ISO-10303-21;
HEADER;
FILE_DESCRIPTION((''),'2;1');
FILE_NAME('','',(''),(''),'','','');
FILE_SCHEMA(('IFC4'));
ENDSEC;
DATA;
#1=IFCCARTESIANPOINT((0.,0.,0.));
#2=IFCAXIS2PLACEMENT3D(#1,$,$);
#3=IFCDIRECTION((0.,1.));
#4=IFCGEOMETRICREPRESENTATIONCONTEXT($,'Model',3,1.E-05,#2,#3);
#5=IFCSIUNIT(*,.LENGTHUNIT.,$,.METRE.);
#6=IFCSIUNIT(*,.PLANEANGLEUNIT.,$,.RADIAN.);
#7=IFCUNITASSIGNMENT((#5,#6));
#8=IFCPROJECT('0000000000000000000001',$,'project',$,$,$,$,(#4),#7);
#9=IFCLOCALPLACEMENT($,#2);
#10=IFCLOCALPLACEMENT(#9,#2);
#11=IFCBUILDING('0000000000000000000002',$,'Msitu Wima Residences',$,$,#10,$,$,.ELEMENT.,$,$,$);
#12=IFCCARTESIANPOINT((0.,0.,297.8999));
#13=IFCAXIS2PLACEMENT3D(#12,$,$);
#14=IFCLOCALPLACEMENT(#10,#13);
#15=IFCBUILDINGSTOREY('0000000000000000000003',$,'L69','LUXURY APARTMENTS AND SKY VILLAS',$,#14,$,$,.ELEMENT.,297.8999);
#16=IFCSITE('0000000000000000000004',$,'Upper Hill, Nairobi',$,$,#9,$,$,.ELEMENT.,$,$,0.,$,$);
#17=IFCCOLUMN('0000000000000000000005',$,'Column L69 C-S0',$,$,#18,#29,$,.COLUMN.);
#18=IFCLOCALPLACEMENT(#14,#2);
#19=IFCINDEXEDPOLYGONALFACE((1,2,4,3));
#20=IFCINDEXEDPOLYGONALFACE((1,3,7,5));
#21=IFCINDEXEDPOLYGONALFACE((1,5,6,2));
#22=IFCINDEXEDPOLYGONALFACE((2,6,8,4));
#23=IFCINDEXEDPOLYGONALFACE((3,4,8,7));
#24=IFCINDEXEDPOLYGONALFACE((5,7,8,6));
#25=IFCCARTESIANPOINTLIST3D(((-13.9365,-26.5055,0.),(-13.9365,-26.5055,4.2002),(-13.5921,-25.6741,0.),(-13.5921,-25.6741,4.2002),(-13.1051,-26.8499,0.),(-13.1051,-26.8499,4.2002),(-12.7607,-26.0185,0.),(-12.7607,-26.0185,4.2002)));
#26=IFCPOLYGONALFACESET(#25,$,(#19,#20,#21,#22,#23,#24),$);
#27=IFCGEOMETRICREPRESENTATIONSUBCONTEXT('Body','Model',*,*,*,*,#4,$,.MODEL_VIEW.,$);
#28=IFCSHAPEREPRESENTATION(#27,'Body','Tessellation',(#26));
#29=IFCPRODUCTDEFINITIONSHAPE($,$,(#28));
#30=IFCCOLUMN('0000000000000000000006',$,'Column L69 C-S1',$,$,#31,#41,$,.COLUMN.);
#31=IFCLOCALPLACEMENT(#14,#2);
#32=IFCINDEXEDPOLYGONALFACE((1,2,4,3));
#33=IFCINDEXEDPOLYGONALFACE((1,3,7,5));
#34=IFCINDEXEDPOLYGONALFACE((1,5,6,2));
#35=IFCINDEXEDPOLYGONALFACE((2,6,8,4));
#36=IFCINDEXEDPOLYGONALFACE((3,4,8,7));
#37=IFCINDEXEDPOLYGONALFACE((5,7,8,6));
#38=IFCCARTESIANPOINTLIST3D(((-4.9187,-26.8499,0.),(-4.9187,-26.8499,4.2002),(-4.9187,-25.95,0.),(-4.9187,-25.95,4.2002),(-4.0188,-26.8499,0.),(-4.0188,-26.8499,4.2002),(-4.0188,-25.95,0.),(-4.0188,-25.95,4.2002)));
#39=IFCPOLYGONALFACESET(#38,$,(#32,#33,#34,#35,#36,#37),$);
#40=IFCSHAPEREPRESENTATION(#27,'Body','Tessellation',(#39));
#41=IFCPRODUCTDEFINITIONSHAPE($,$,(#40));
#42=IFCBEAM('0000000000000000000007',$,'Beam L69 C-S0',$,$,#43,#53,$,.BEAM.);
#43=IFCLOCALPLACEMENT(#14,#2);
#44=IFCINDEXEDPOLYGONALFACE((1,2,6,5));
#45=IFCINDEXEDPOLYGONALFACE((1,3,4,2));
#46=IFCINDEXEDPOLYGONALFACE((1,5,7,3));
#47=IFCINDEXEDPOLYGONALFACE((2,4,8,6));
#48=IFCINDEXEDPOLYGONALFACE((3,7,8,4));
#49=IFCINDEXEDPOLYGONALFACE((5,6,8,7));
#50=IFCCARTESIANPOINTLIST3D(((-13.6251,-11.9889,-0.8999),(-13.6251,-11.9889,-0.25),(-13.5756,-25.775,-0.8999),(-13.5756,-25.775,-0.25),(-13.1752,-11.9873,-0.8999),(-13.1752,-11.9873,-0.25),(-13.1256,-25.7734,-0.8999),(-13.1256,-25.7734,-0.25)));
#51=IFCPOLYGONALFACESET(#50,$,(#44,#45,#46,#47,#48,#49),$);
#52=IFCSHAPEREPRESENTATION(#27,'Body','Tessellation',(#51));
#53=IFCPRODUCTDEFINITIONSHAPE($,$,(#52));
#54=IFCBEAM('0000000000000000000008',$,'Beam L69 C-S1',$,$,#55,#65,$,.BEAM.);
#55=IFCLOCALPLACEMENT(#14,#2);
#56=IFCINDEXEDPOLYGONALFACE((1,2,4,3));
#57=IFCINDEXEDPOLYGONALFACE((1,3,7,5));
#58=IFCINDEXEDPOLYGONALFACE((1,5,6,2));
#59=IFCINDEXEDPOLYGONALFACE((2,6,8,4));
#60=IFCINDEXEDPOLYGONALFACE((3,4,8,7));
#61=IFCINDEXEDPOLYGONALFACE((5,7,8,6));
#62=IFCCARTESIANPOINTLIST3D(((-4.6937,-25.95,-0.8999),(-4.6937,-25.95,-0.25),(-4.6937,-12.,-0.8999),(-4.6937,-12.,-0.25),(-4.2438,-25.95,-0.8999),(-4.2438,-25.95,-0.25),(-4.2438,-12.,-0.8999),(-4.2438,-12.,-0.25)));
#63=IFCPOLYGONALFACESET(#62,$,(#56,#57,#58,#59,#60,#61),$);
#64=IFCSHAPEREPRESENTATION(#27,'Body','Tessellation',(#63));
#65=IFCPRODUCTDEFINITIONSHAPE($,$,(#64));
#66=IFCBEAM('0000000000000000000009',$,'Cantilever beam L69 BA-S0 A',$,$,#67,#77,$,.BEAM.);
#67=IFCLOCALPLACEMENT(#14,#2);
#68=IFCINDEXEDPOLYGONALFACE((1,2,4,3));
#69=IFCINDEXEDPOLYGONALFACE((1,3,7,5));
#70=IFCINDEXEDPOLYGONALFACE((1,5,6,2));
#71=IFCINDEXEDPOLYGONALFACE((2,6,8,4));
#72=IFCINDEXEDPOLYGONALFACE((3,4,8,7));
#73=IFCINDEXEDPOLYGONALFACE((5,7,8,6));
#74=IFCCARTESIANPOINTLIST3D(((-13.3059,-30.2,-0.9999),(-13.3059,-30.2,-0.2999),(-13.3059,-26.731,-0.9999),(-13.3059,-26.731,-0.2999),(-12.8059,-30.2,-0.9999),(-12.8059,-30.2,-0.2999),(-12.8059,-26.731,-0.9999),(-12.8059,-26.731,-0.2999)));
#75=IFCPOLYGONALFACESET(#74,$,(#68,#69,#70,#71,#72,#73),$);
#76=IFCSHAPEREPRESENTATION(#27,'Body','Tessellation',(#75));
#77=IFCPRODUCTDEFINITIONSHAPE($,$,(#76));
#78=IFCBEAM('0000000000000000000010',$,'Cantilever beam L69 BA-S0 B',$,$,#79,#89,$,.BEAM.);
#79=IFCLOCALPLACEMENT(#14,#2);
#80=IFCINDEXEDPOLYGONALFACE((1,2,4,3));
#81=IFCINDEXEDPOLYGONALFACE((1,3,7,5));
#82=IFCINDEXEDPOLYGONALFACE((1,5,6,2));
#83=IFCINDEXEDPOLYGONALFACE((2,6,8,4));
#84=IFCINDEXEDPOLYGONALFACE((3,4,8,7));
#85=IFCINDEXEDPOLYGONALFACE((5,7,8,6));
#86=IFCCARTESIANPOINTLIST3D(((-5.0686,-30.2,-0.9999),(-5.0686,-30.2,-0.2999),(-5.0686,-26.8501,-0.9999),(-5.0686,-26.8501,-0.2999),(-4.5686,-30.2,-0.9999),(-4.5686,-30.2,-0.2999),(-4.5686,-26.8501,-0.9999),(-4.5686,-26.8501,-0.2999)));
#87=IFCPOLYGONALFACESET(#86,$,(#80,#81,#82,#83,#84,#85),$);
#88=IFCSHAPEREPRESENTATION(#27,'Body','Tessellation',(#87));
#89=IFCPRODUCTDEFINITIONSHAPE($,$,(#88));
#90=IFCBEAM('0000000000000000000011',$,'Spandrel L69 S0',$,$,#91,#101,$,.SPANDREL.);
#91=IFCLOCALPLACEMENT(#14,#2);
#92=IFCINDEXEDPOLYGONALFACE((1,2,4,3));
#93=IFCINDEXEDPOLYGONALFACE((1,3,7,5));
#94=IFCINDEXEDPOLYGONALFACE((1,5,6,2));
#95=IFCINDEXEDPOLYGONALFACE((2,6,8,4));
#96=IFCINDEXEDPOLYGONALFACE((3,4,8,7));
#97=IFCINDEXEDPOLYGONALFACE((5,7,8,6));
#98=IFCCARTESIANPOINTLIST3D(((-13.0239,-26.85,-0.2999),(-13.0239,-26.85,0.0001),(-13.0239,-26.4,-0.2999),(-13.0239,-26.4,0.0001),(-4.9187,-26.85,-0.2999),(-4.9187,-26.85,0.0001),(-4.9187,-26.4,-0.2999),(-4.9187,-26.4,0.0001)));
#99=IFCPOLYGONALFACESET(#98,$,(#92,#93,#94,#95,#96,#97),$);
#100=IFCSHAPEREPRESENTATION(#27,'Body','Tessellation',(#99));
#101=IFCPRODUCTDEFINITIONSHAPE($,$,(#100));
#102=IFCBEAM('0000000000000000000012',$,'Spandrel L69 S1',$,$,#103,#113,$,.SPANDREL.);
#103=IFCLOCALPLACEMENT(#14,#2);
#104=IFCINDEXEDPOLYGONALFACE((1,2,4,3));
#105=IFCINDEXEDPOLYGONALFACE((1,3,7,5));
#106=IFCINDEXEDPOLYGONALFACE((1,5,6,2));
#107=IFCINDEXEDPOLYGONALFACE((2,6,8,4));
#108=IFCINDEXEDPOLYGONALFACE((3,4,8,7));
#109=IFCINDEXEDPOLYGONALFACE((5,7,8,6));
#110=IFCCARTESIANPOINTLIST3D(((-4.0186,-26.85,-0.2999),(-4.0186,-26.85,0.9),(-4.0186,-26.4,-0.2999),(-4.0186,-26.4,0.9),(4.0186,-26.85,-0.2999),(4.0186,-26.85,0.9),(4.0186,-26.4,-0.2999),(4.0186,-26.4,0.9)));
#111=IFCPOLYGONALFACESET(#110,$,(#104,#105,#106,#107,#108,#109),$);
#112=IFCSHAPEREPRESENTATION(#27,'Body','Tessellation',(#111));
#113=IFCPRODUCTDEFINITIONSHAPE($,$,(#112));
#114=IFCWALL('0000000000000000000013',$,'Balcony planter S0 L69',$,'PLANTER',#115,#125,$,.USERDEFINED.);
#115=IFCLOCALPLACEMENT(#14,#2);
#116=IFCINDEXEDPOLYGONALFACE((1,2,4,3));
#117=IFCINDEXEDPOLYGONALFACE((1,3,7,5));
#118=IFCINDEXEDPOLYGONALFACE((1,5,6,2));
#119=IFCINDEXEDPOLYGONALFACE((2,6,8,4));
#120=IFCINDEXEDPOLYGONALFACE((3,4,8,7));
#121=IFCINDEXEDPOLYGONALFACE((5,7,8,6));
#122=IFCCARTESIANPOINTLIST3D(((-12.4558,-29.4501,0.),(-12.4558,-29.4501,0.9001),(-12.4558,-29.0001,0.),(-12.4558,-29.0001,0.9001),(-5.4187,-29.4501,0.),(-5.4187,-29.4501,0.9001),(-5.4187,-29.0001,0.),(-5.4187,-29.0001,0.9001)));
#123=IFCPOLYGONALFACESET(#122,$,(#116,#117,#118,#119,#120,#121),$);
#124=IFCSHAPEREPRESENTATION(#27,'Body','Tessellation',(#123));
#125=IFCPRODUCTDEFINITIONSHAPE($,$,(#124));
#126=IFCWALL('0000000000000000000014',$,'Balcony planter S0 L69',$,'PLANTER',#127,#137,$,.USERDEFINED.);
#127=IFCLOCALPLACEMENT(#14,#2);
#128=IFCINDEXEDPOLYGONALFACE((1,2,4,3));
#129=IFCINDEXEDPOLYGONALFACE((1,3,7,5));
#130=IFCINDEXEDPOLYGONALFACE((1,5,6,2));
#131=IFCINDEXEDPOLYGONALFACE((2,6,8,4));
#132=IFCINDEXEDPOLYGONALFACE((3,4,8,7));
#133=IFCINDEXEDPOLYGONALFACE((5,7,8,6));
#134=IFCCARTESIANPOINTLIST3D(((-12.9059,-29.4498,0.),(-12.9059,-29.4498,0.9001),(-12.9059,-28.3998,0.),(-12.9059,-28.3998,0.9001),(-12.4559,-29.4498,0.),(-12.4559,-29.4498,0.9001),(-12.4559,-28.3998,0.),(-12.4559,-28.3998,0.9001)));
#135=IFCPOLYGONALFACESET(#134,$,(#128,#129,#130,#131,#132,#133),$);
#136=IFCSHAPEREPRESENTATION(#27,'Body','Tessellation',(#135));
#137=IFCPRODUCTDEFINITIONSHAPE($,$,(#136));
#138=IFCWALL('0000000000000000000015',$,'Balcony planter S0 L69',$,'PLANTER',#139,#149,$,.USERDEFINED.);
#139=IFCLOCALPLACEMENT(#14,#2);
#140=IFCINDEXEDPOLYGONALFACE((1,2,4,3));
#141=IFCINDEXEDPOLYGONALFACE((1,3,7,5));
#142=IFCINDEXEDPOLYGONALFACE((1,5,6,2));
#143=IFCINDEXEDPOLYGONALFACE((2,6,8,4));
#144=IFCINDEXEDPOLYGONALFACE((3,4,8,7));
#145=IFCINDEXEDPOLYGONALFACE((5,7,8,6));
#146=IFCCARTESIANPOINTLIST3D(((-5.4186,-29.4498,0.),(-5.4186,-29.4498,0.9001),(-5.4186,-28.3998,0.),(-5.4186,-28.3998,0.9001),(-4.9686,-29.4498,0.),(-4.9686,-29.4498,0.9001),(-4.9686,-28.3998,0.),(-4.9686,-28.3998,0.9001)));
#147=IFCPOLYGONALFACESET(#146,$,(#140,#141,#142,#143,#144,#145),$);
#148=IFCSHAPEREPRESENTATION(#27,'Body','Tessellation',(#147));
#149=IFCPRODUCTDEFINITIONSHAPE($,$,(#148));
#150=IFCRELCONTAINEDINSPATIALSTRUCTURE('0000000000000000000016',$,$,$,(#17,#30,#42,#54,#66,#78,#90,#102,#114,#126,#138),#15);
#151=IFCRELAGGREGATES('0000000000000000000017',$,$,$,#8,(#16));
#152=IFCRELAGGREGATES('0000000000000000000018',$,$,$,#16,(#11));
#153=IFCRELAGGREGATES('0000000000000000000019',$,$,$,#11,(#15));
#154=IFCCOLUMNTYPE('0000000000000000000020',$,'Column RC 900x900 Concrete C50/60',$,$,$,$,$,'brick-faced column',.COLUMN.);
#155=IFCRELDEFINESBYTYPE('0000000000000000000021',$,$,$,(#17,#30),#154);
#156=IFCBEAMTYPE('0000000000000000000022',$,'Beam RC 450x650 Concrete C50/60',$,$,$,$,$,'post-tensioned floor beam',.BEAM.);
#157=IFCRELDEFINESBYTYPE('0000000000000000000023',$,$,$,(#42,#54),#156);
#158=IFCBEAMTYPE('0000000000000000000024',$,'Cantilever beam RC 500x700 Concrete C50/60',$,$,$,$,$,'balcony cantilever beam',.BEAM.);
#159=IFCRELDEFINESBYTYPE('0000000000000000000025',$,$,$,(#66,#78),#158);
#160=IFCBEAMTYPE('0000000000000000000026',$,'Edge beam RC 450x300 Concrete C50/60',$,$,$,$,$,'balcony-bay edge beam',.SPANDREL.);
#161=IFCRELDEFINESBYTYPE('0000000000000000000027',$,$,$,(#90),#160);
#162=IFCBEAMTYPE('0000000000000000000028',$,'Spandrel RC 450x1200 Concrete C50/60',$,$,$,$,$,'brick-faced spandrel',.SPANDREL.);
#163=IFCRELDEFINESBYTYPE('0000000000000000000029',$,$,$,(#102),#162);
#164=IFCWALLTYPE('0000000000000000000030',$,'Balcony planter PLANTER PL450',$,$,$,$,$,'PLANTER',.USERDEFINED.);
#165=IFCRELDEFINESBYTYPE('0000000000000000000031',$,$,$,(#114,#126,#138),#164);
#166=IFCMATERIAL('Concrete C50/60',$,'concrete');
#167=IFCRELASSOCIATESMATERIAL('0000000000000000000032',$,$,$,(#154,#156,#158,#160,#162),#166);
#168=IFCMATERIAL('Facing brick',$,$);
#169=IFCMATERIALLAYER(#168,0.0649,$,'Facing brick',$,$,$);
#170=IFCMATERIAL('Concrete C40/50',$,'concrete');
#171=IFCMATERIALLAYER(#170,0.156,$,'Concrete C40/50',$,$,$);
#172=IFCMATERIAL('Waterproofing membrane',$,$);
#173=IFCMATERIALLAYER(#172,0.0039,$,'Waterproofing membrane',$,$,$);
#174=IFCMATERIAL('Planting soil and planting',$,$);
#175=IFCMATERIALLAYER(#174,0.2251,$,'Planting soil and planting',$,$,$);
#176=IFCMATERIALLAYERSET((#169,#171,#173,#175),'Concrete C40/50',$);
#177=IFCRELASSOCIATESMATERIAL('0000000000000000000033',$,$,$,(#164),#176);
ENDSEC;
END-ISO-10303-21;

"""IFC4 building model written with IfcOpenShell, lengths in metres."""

from ifc_helpers import new_model, si_unit, direction, frame, frame_2d, origin, origin_2d, place, context, subcontext, project, spatial, rectangle, extrude, material, layer, layer_set, material_profile, profile_set, type_object, element, save


model = new_model("IFC4")

# Units and contexts
model_context = context("Model", 3, precision=1e-05, world=origin(), true_north=direction((0.0, 1.0)))
body_context = subcontext(model_context, "Body", "Model", "MODEL_VIEW")
ifc_project = project(units=[si_unit("LENGTHUNIT", "METRE"), si_unit("PLANEANGLEUNIT", "RADIAN")], contexts=[model_context])

# Site, building, storey
site_placement = place(None, origin())
site = spatial("IfcSite", under=ifc_project, at=site_placement, Name="Upper Hill, Nairobi", CompositionType="ELEMENT", RefElevation=0.0)
building_placement = place(site_placement, origin())
building = spatial("IfcBuilding", under=site, at=building_placement, Name="Msitu Wima Residences", CompositionType="ELEMENT")
storey_placement = place(building_placement, frame((0.0, 0.0, 297.8999)))
storey = spatial("IfcBuildingStorey", under=building, at=storey_placement, Name="L69", Description="LUXURY APARTMENTS AND SKY VILLAS", CompositionType="ELEMENT", Elevation=297.8999)

# Columns
ifc_material_1 = material(Name="Concrete C50/60", Category="concrete")
ifc_material_profile_1 = material_profile(ifc_material_1, rectangle(XDim=0.8999, YDim=0.8999, at=origin_2d()), Name="RC 900x900")
ifc_profile_set_1 = profile_set([ifc_material_profile_1], Name="Concrete C50/60")
column_type = type_object("IfcColumnType", Name="Column RC 900x900 Concrete C50/60", ElementType="brick-faced column", PredefinedType="COLUMN", material=ifc_profile_set_1)
for number, where, z_axis, x_axis, name in (
    (1, (-13.3486, -26.262, 0.0), (0.0, 0.0, 1.0), (0.92388, -0.382683, 0.0), "Column L69 C-S0"),
    (2, (-4.4688, -26.3999, 0.0), (0.0, 0.0, 1.0), (1.0, 0.0, 0.0), "Column L69 C-S1"),
):
    element("IfcColumn", number, at=place(storey_placement, frame(where, z_axis=z_axis, x_axis=x_axis)), inside=storey, type_object=column_type, Name=name, PredefinedType="COLUMN", context=body_context, shape_type="SweptSolid", body=[
        extrude(rectangle(XDim=0.8999, YDim=0.8999, at=origin_2d()), origin(), (0.0, 0.0, 1.0), 4.2002),
    ])

# Beams
ifc_material_profile_2 = material_profile(ifc_material_1, rectangle(XDim=0.45, YDim=0.6499, at=origin_2d()), Name="RC 450x650")
ifc_profile_set_2 = profile_set([ifc_material_profile_2], Name="Concrete C50/60")
beam_type_1 = type_object("IfcBeamType", Name="Beam RC 450x650 Concrete C50/60", ElementType="post-tensioned floor beam", PredefinedType="BEAM", material=ifc_profile_set_2)
beam_1_placement = place(storey_placement, frame((-13.3506, -25.7742, -0.575), z_axis=(-0.003595, 0.999994, 0.0), x_axis=(-0.999994, -0.003595, 0.0)))
element("IfcBeam", 3, at=beam_1_placement, inside=storey, type_object=beam_type_1, Name="Beam L69 C-S0", PredefinedType="BEAM", context=body_context, shape_type="SweptSolid", body=[
    extrude(rectangle(XDim=0.45, YDim=0.6499, at=origin_2d()), origin(), (0.0, 0.0, 1.0), 13.7861),
])
beam_2_placement = place(storey_placement, frame((-4.4688, -25.95, -0.575), z_axis=(0.0, 1.0, 0.0), x_axis=(-1.0, 0.0, 0.0)))
element("IfcBeam", 4, at=beam_2_placement, inside=storey, type_object=beam_type_1, Name="Beam L69 C-S1", PredefinedType="BEAM", context=body_context, shape_type="SweptSolid", body=[
    extrude(rectangle(XDim=0.45, YDim=0.6499, at=origin_2d()), origin(), (0.0, 0.0, 1.0), 13.95),
])
ifc_material_profile_3 = material_profile(ifc_material_1, rectangle(XDim=0.5, YDim=0.7, at=origin_2d()), Name="RC 500x700")
ifc_profile_set_3 = profile_set([ifc_material_profile_3], Name="Concrete C50/60")
beam_type_2 = type_object("IfcBeamType", Name="Cantilever beam RC 500x700 Concrete C50/60", ElementType="balcony cantilever beam", PredefinedType="BEAM", material=ifc_profile_set_3)
beam_3_placement = place(storey_placement, frame((-13.0559, -26.731, -0.6499), z_axis=(0.0, -1.0, 0.0), x_axis=(1.0, 0.0, 0.0)))
element("IfcBeam", 5, at=beam_3_placement, inside=storey, type_object=beam_type_2, Name="Cantilever beam L69 BA-S0 A", PredefinedType="BEAM", context=body_context, shape_type="SweptSolid", body=[
    extrude(rectangle(XDim=0.5, YDim=0.7, at=origin_2d()), origin(), (0.0, 0.0, 1.0), 3.469),
])
beam_4_placement = place(storey_placement, frame((-4.8186, -26.8501, -0.6499), z_axis=(0.0, -1.0, 0.0), x_axis=(1.0, 0.0, 0.0)))
element("IfcBeam", 6, at=beam_4_placement, inside=storey, type_object=beam_type_2, Name="Cantilever beam L69 BA-S0 B", PredefinedType="BEAM", context=body_context, shape_type="SweptSolid", body=[
    extrude(rectangle(XDim=0.5, YDim=0.7, at=origin_2d()), origin(), (0.0, 0.0, 1.0), 3.3499),
])
ifc_material_profile_4 = material_profile(ifc_material_1, rectangle(XDim=0.45, YDim=0.3, at=origin_2d()), Name="RC 450x300")
ifc_profile_set_4 = profile_set([ifc_material_profile_4], Name="Concrete C50/60")
beam_type_3 = type_object("IfcBeamType", Name="Edge beam RC 450x300 Concrete C50/60", ElementType="balcony-bay edge beam", PredefinedType="SPANDREL", material=ifc_profile_set_4)
beam_5_placement = place(storey_placement, frame((-13.0239, -26.625, -0.1499), z_axis=(1.0, 0.0, 0.0), x_axis=(0.0, 1.0, 0.0)))
element("IfcBeam", 7, at=beam_5_placement, inside=storey, type_object=beam_type_3, Name="Spandrel L69 S0", PredefinedType="SPANDREL", context=body_context, shape_type="SweptSolid", body=[
    extrude(rectangle(XDim=0.45, YDim=0.3, at=origin_2d()), origin(), (0.0, 0.0, 1.0), 8.1052),
])
ifc_material_profile_5 = material_profile(ifc_material_1, rectangle(XDim=0.45, YDim=1.2, at=origin_2d()), Name="RC 450x1200")
ifc_profile_set_5 = profile_set([ifc_material_profile_5], Name="Concrete C50/60")
beam_type_4 = type_object("IfcBeamType", Name="Spandrel RC 450x1200 Concrete C50/60", ElementType="brick-faced spandrel", PredefinedType="SPANDREL", material=ifc_profile_set_5)
beam_6_placement = place(storey_placement, frame((-4.0186, -26.625, 0.3), z_axis=(1.0, 0.0, 0.0), x_axis=(0.0, 1.0, 0.0)))
element("IfcBeam", 8, at=beam_6_placement, inside=storey, type_object=beam_type_4, Name="Spandrel L69 S1", PredefinedType="SPANDREL", context=body_context, shape_type="SweptSolid", body=[
    extrude(rectangle(XDim=0.45, YDim=1.2, at=origin_2d()), origin(), (0.0, 0.0, 1.0), 8.0371),
])

# Walls
ifc_material_2 = material(Name="Facing brick")
ifc_layer_1 = layer(ifc_material_2, 0.0649, Name="Facing brick")
ifc_material_3 = material(Name="Concrete C40/50", Category="concrete")
ifc_layer_2 = layer(ifc_material_3, 0.156, Name="Concrete C40/50")
ifc_material_4 = material(Name="Waterproofing membrane")
ifc_layer_3 = layer(ifc_material_4, 0.0039, Name="Waterproofing membrane")
ifc_material_5 = material(Name="Planting soil and planting")
ifc_layer_4 = layer(ifc_material_5, 0.2251, Name="Planting soil and planting")
ifc_layer_set_1 = layer_set([ifc_layer_1, ifc_layer_2, ifc_layer_3, ifc_layer_4], Name="Concrete C40/50")
wall_type_1 = type_object("IfcWallType", Name="Balcony planter PLANTER PL450", ElementType="PLANTER", PredefinedType="USERDEFINED", material=ifc_layer_set_1)
wall_1_placement = place(storey_placement, frame((-12.4558, -29.2251, 0.0), z_axis=(0.0, 0.0, 1.0), x_axis=(1.0, 0.0, 0.0)))
element("IfcWall", 9, at=wall_1_placement, inside=storey, type_object=wall_type_1, Name="Balcony planter S0 L69", ObjectType="PLANTER", PredefinedType="USERDEFINED", context=body_context, shape_type="SweptSolid", body=[
    extrude(rectangle(XDim=7.0371, YDim=0.45, at=frame_2d((3.5186, 0.0))), origin(), (0.0, 0.0, 1.0), 0.9001),
])
for number, where, z_axis, x_axis, name in (
    (10, (-12.6809, -28.3999, 0.0), (0.0, 0.0, 1.0), (0.0, -1.0, 0.0), "Balcony planter S0 L69"),
    (11, (-5.1936, -28.3999, 0.0), (0.0, 0.0, 1.0), (0.0, -1.0, 0.0), "Balcony planter S0 L69"),
):
    element("IfcWall", number, at=place(storey_placement, frame(where, z_axis=z_axis, x_axis=x_axis)), inside=storey, type_object=wall_type_1, Name=name, ObjectType="PLANTER", PredefinedType="USERDEFINED", context=body_context, shape_type="SweptSolid", body=[
        extrude(rectangle(XDim=1.05, YDim=0.45, at=frame_2d((0.5249, 0.0))), origin(), (0.0, 0.0, 1.0), 0.9001),
    ])

save(model, "model.ifc")
